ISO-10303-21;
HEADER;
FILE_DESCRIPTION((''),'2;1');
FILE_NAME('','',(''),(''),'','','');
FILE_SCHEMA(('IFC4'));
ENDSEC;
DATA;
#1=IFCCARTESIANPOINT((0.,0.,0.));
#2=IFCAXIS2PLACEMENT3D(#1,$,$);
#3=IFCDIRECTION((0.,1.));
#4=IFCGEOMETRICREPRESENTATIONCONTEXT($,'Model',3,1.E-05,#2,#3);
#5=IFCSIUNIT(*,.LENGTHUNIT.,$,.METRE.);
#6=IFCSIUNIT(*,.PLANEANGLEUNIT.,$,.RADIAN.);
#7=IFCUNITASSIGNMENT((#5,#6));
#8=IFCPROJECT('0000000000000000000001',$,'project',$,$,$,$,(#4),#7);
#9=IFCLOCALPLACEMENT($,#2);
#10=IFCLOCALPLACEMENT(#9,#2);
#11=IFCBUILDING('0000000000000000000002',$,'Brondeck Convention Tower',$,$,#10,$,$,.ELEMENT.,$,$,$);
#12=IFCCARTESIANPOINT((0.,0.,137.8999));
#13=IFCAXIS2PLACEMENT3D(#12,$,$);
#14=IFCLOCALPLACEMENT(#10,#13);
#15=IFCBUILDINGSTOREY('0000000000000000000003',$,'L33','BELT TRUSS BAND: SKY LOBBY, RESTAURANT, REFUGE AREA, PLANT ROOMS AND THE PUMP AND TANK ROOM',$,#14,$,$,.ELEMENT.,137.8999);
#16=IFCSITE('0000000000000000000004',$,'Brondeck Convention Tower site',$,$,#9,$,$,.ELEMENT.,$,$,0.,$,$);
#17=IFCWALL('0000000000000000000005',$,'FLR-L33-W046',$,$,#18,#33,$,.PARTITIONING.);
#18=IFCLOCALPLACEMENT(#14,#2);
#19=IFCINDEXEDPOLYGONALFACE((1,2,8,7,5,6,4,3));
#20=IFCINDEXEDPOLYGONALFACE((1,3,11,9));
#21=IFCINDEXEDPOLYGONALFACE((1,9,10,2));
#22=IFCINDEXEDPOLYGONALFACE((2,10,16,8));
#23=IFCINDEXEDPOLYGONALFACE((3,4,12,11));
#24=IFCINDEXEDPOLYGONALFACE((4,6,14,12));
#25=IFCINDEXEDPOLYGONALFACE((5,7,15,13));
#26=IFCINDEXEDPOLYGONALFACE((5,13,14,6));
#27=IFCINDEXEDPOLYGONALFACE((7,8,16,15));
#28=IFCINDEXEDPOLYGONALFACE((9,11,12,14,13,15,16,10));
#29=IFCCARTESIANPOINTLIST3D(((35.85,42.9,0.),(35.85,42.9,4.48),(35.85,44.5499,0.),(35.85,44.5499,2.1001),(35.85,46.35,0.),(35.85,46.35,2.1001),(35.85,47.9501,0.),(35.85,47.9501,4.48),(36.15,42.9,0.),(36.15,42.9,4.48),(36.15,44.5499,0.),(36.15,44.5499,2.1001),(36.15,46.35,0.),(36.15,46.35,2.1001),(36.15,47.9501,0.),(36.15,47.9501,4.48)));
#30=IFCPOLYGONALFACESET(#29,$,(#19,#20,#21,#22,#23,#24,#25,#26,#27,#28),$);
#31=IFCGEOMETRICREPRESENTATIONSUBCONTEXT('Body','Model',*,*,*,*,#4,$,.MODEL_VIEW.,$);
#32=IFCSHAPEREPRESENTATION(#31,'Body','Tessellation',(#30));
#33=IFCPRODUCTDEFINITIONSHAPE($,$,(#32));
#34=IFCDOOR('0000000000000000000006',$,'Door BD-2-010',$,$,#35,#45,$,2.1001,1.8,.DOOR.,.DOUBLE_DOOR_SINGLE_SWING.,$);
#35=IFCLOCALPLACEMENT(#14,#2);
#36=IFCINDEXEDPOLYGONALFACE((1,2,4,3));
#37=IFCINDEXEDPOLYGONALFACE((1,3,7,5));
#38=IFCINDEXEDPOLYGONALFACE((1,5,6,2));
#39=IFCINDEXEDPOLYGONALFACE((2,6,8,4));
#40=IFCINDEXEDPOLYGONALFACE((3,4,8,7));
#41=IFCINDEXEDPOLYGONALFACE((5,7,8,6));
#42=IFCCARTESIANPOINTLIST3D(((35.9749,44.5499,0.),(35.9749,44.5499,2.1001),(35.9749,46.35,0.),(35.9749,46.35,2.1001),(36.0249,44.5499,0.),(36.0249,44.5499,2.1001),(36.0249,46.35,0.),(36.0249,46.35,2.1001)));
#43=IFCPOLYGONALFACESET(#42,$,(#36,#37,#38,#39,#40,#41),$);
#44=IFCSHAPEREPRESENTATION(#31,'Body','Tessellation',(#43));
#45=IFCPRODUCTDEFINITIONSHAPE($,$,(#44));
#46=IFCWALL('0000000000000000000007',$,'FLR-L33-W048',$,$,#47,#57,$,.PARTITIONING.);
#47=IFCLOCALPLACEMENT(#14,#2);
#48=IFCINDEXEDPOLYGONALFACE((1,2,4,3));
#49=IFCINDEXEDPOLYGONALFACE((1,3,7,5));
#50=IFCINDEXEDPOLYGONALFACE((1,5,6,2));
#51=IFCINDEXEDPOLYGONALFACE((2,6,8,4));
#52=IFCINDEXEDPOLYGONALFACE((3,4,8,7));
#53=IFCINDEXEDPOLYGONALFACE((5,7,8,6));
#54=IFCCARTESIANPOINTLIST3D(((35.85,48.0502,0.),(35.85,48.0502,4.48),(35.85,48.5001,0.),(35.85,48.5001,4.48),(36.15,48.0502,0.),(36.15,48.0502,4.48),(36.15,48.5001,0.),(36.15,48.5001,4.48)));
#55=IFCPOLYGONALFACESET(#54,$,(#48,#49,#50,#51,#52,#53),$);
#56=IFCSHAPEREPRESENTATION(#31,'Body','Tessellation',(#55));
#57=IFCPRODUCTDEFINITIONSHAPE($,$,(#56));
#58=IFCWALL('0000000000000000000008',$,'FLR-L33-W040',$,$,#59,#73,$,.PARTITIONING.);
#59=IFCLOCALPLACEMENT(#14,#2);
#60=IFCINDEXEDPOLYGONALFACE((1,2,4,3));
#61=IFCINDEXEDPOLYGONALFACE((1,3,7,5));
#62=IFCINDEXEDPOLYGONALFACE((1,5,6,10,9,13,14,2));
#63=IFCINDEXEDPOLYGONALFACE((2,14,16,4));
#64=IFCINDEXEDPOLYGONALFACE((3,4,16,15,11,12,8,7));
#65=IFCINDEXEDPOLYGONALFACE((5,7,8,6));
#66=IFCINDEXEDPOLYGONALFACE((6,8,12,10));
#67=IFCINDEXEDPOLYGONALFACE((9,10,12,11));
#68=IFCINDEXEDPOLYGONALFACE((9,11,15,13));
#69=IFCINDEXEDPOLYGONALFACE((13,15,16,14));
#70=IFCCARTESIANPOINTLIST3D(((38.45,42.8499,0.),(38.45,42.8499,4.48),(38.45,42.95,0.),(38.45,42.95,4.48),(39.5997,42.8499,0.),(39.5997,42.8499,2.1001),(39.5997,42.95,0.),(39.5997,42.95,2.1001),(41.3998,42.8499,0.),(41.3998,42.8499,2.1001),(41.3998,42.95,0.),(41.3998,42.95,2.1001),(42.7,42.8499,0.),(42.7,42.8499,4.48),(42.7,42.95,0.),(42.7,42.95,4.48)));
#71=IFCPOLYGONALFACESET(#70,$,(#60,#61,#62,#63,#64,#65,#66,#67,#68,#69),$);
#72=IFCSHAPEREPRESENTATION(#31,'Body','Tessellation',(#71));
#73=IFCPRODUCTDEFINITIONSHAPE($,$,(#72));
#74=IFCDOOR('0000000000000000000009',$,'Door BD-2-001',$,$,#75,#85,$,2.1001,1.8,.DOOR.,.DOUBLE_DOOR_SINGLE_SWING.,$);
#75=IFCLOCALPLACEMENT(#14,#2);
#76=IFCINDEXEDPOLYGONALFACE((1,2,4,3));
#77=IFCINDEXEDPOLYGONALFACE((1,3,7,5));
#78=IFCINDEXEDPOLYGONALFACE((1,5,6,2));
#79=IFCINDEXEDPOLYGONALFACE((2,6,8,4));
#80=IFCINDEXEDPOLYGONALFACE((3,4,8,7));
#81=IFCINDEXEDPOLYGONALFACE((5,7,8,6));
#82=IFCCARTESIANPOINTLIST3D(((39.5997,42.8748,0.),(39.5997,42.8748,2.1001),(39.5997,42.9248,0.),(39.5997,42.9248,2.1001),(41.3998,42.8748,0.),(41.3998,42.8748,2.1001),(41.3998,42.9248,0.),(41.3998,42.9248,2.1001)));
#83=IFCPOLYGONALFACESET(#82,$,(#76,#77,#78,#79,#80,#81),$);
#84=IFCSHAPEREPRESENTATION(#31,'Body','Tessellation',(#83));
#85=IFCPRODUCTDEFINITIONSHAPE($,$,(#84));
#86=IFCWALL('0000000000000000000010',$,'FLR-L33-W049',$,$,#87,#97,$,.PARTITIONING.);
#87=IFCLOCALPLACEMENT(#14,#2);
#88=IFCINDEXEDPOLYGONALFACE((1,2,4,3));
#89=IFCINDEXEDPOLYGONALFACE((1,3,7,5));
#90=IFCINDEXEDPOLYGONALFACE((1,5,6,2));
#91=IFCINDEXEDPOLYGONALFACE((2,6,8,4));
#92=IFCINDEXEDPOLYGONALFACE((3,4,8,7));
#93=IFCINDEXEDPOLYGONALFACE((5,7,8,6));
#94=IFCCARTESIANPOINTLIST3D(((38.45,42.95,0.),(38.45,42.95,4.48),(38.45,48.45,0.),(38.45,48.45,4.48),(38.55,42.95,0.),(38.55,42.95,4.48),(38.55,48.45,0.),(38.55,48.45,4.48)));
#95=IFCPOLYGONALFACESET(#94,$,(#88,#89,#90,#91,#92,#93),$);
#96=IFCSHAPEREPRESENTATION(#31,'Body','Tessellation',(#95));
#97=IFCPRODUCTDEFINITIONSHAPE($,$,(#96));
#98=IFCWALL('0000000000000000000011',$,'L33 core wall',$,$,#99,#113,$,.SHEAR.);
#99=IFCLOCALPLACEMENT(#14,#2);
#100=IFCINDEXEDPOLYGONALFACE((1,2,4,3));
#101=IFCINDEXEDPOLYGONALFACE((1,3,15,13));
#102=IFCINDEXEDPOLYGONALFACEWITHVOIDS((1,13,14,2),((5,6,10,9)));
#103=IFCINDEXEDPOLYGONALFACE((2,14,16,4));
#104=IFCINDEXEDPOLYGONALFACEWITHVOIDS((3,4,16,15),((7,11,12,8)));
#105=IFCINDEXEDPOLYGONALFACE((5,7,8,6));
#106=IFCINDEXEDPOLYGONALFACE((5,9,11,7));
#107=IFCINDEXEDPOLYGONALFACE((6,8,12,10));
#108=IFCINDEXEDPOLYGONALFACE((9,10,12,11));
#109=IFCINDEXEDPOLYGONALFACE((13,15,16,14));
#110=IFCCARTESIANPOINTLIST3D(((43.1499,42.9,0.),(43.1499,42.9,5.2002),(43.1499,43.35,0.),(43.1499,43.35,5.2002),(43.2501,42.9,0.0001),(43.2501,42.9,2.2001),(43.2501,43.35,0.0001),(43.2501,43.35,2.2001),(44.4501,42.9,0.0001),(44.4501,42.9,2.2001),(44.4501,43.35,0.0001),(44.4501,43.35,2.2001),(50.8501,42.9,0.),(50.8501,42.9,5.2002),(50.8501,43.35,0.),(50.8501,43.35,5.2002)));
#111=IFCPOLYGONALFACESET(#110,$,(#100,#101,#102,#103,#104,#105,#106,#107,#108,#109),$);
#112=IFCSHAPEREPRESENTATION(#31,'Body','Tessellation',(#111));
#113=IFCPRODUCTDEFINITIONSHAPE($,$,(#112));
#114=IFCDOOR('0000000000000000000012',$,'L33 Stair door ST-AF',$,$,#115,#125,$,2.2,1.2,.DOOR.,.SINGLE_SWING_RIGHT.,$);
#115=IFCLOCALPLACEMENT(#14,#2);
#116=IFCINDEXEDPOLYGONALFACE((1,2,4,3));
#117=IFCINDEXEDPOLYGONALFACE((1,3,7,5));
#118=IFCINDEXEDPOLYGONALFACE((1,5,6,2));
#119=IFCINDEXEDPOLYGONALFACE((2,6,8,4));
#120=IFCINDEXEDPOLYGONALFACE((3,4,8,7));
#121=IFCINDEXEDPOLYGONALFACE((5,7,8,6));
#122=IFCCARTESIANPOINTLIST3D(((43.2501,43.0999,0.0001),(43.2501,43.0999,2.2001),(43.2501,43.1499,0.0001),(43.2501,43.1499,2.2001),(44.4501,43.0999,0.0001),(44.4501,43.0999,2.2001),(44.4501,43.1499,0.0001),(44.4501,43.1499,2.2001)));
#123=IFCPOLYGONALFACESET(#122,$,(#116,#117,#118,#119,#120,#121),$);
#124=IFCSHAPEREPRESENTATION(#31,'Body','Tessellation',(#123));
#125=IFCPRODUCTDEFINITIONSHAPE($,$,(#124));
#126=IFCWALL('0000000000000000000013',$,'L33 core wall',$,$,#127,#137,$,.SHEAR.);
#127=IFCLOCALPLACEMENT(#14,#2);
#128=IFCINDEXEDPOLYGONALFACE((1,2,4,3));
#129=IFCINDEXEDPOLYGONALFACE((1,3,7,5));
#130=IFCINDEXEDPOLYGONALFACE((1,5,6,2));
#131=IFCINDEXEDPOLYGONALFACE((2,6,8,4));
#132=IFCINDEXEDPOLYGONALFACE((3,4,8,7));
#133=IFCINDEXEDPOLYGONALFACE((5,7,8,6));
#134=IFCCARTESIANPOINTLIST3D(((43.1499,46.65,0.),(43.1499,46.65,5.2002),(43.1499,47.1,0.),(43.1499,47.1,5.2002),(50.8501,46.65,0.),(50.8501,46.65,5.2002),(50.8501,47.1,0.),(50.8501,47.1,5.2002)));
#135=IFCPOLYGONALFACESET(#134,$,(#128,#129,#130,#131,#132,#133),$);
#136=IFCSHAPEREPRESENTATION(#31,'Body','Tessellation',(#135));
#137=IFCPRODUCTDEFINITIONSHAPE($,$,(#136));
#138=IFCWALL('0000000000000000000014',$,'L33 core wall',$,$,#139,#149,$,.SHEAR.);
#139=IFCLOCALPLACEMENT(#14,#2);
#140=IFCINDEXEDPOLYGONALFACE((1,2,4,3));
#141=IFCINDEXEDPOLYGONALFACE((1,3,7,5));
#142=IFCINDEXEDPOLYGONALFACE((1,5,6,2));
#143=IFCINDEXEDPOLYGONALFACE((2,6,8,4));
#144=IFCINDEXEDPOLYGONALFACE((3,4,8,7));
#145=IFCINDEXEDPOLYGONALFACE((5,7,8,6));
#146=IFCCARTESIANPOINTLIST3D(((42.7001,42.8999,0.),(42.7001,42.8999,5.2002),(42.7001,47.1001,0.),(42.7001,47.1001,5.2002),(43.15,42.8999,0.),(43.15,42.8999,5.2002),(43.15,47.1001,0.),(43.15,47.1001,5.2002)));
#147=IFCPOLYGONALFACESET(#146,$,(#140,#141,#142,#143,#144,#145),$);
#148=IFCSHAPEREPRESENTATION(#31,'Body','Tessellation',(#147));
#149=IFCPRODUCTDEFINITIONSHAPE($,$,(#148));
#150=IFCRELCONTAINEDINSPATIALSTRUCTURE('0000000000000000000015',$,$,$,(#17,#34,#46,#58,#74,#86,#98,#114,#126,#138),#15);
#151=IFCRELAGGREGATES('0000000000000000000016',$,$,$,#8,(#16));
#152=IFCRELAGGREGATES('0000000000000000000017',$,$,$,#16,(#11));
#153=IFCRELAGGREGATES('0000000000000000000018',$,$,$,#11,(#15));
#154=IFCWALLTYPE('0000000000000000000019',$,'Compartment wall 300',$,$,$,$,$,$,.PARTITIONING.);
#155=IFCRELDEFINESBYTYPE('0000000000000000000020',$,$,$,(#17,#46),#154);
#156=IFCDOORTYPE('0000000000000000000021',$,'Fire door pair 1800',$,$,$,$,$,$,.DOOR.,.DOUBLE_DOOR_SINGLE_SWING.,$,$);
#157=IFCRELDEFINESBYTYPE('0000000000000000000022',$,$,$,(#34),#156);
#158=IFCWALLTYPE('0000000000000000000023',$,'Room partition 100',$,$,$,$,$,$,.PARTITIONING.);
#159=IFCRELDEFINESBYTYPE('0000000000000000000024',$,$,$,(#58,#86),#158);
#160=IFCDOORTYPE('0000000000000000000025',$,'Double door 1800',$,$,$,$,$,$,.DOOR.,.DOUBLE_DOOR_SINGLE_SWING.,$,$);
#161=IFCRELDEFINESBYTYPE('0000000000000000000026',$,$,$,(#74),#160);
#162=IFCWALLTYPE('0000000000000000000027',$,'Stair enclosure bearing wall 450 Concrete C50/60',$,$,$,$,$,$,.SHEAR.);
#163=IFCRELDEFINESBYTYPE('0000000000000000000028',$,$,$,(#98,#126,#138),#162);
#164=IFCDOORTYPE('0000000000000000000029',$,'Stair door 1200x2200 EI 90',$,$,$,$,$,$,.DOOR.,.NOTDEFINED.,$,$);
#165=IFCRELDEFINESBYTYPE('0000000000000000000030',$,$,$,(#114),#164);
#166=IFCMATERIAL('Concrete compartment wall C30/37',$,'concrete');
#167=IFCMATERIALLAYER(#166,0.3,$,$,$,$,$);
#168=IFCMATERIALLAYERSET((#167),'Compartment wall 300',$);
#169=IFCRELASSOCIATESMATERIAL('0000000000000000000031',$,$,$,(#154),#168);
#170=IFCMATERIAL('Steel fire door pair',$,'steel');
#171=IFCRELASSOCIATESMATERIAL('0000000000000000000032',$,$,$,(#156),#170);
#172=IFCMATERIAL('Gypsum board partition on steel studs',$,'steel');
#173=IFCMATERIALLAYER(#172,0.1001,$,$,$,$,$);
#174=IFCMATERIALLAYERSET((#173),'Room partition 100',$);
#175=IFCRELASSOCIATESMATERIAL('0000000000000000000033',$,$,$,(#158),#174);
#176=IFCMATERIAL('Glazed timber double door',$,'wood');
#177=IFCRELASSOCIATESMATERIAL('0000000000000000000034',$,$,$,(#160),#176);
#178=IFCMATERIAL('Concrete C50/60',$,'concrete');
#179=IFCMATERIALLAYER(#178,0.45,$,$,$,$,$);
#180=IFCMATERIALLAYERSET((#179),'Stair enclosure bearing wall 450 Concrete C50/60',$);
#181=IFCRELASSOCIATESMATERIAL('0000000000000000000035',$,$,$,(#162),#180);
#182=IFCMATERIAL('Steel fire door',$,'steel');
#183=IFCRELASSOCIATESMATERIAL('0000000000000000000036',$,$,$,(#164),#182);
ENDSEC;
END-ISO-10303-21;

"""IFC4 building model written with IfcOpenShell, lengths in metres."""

from ifc_helpers import new_model, si_unit, direction, frame, frame_2d, origin, place, context, subcontext, project, spatial, rectangle, extrude, material, layer, layer_set, type_object, element, fill, save


model = new_model("IFC4")

# Units and contexts
model_context = context("Model", 3, precision=1e-05, world=origin(), true_north=direction((0.0, 1.0)))
body_context = subcontext(model_context, "Body", "Model", "MODEL_VIEW")
ifc_project = project(units=[si_unit("LENGTHUNIT", "METRE"), si_unit("PLANEANGLEUNIT", "RADIAN")], contexts=[model_context])

# Site, building, storey
site_placement = place(None, origin())
site = spatial("IfcSite", under=ifc_project, at=site_placement, Name="Brondeck Convention Tower site", CompositionType="ELEMENT", RefElevation=0.0)
building_placement = place(site_placement, origin())
building = spatial("IfcBuilding", under=site, at=building_placement, Name="Brondeck Convention Tower", CompositionType="ELEMENT")
storey_placement = place(building_placement, frame((0.0, 0.0, 137.8999)))
storey = spatial("IfcBuildingStorey", under=building, at=storey_placement, Name="L33", Description="BELT TRUSS BAND: SKY LOBBY, RESTAURANT, REFUGE AREA, PLANT ROOMS AND THE PUMP AND TANK ROOM", CompositionType="ELEMENT", Elevation=137.8999)

# Wall, opening, door
ifc_material_1 = material(Name="Concrete compartment wall C30/37", Category="concrete")
ifc_layer_1 = layer(ifc_material_1, 0.3)
ifc_layer_set_1 = layer_set([ifc_layer_1], Name="Compartment wall 300")
wall_type_1 = type_object("IfcWallType", Name="Compartment wall 300", PredefinedType="PARTITIONING", material=ifc_layer_set_1)
ifc_material_2 = material(Name="Steel fire door pair", Category="steel")
door_type_1 = type_object("IfcDoorType", Name="Fire door pair 1800", OperationType="DOUBLE_DOOR_SINGLE_SWING", PredefinedType="DOOR", material=ifc_material_2)
wall_1_placement = place(storey_placement, frame((36.0, 47.95, 0.0), z_axis=(0.0, 0.0, 1.0), x_axis=(0.0, -1.0, 0.0)))
wall_1 = element("IfcWall", 1, at=wall_1_placement, inside=storey, type_object=wall_type_1, Name="FLR-L33-W046", PredefinedType="PARTITIONING", context=body_context, shape_type="SweptSolid", body=[
    extrude(rectangle(XDim=5.05, YDim=0.3, at=frame_2d((2.5249, 0.0))), origin(), (0.0, 0.0, 1.0), 4.48),
])
opening_1_placement = place(wall_1_placement, frame((1.6001, 0.0, 0.0)))
opening_1 = element("IfcOpeningElement", 2, at=opening_1_placement, cuts=wall_1, PredefinedType="OPENING", context=body_context, shape_type="SweptSolid", body=[
    extrude(rectangle(XDim=1.8, YDim=2.1001, at=frame_2d((0.8999, 1.05))), frame((0.0, 0.1599, 0.0), z_axis=(0.0, -1.0, 0.0), x_axis=(1.0, 0.0, 0.0)), (0.0, 0.0, 1.0), 0.3201),
])
door_1_placement = place(opening_1_placement, origin())
door_1 = element("IfcDoor", 3, at=door_1_placement, inside=storey, type_object=door_type_1, Name="Door BD-2-010", OperationType="DOUBLE_DOOR_SINGLE_SWING", OverallHeight=2.1001, OverallWidth=1.8, PredefinedType="DOOR", context=body_context, shape_type="SweptSolid", body=[
    extrude(rectangle(XDim=1.8, YDim=2.1001, at=frame_2d((0.8999, 1.05))), frame((0.0, 0.0249, 0.0), z_axis=(0.0, -1.0, 0.0), x_axis=(1.0, 0.0, 0.0)), (0.0, 0.0, 1.0), 0.05),
])
fill(opening_1, door_1)

# Wall
wall_2_placement = place(storey_placement, frame((36.0, 48.05, 0.0), z_axis=(0.0, 0.0, 1.0), x_axis=(0.0, 1.0, 0.0)))
element("IfcWall", 4, at=wall_2_placement, inside=storey, type_object=wall_type_1, Name="FLR-L33-W048", PredefinedType="PARTITIONING", context=body_context, shape_type="SweptSolid", body=[
    extrude(rectangle(XDim=0.45, YDim=0.3, at=frame_2d((0.2251, 0.0))), origin(), (0.0, 0.0, 1.0), 4.48),
])

# Wall, opening, door
ifc_material_3 = material(Name="Gypsum board partition on steel studs", Category="steel")
ifc_layer_2 = layer(ifc_material_3, 0.1001)
ifc_layer_set_2 = layer_set([ifc_layer_2], Name="Room partition 100")
wall_type_2 = type_object("IfcWallType", Name="Room partition 100", PredefinedType="PARTITIONING", material=ifc_layer_set_2)
wall_3_placement = place(storey_placement, frame((38.45, 42.8999, 0.0), z_axis=(0.0, 0.0, 1.0), x_axis=(1.0, 0.0, 0.0)))
wall_3 = element("IfcWall", 5, at=wall_3_placement, inside=storey, type_object=wall_type_2, Name="FLR-L33-W040", PredefinedType="PARTITIONING", context=body_context, shape_type="SweptSolid", body=[
    extrude(rectangle(XDim=4.25, YDim=0.1001, at=frame_2d((2.125, 0.0))), origin(), (0.0, 0.0, 1.0), 4.48),
])
opening_2_placement = place(wall_3_placement, frame((1.1499, 0.0, 0.0)))
opening_2 = element("IfcOpeningElement", 6, at=opening_2_placement, cuts=wall_3, PredefinedType="OPENING", context=body_context, shape_type="SweptSolid", body=[
    extrude(rectangle(XDim=1.8, YDim=2.1001, at=frame_2d((0.8999, 1.05))), frame((0.0, 0.0601, 0.0), z_axis=(0.0, -1.0, 0.0), x_axis=(1.0, 0.0, 0.0)), (0.0, 0.0, 1.0), 0.1201),
])
ifc_material_4 = material(Name="Glazed timber double door", Category="wood")
door_type_2 = type_object("IfcDoorType", Name="Double door 1800", OperationType="DOUBLE_DOOR_SINGLE_SWING", PredefinedType="DOOR", material=ifc_material_4)
door_2_placement = place(opening_2_placement, origin())
door_2 = element("IfcDoor", 7, at=door_2_placement, inside=storey, type_object=door_type_2, Name="Door BD-2-001", OperationType="DOUBLE_DOOR_SINGLE_SWING", OverallHeight=2.1001, OverallWidth=1.8, PredefinedType="DOOR", context=body_context, shape_type="SweptSolid", body=[
    extrude(rectangle(XDim=1.8, YDim=2.1001, at=frame_2d((0.8999, 1.05))), frame((0.0, 0.0249, 0.0), z_axis=(0.0, -1.0, 0.0), x_axis=(1.0, 0.0, 0.0)), (0.0, 0.0, 1.0), 0.05),
])
fill(opening_2, door_2)

# Wall
wall_4_placement = place(storey_placement, frame((38.5, 48.45, 0.0), z_axis=(0.0, 0.0, 1.0), x_axis=(0.0, -1.0, 0.0)))
element("IfcWall", 8, at=wall_4_placement, inside=storey, type_object=wall_type_2, Name="FLR-L33-W049", PredefinedType="PARTITIONING", context=body_context, shape_type="SweptSolid", body=[
    extrude(rectangle(XDim=5.5, YDim=0.1001, at=frame_2d((2.75, 0.0))), origin(), (0.0, 0.0, 1.0), 4.48),
])

# Wall, opening, door
ifc_material_5 = material(Name="Concrete C50/60", Category="concrete")
ifc_layer_3 = layer(ifc_material_5, 0.45)
ifc_layer_set_3 = layer_set([ifc_layer_3], Name="Stair enclosure bearing wall 450 Concrete C50/60")
wall_type_3 = type_object("IfcWallType", Name="Stair enclosure bearing wall 450 Concrete C50/60", PredefinedType="SHEAR", material=ifc_layer_set_3)
wall_5_placement = place(storey_placement, frame((43.1499, 43.125, 0.0), z_axis=(0.0, 0.0, 1.0), x_axis=(1.0, 0.0, 0.0)))
wall_5 = element("IfcWall", 9, at=wall_5_placement, inside=storey, type_object=wall_type_3, Name="L33 core wall", PredefinedType="SHEAR", context=body_context, shape_type="SweptSolid", body=[
    extrude(rectangle(XDim=7.7002, YDim=0.45, at=frame_2d((3.8501, 0.0))), origin(), (0.0, 0.0, 1.0), 5.2002),
])
opening_3_placement = place(wall_5_placement, frame((0.1001, 0.0, 0.0)))
opening_3 = element("IfcOpeningElement", 10, at=opening_3_placement, cuts=wall_5, PredefinedType="OPENING", context=body_context, shape_type="SweptSolid", body=[
    extrude(rectangle(XDim=1.2, YDim=2.2, at=frame_2d((0.6001, 1.1001))), frame((0.0, 0.2349, 0.0), z_axis=(0.0, -1.0, 0.0), x_axis=(1.0, 0.0, 0.0)), (0.0, 0.0, 1.0), 0.47),
])
ifc_material_6 = material(Name="Steel fire door", Category="steel")
door_type_3 = type_object("IfcDoorType", Name="Stair door 1200x2200 EI 90", OperationType="NOTDEFINED", PredefinedType="DOOR", material=ifc_material_6)
door_3_placement = place(opening_3_placement, origin())
door_3 = element("IfcDoor", 11, at=door_3_placement, inside=storey, type_object=door_type_3, Name="L33 Stair door ST-AF", OperationType="SINGLE_SWING_RIGHT", OverallHeight=2.2, OverallWidth=1.2, PredefinedType="DOOR", context=body_context, shape_type="SweptSolid", body=[
    extrude(rectangle(XDim=1.2, YDim=2.2, at=frame_2d((0.6001, 1.1001))), frame((0.0, 0.0249, 0.0), z_axis=(0.0, -1.0, 0.0), x_axis=(1.0, 0.0, 0.0)), (0.0, 0.0, 1.0), 0.05),
])
fill(opening_3, door_3)

# Walls
wall_6_placement = place(storey_placement, frame((43.1499, 46.875, 0.0), z_axis=(0.0, 0.0, 1.0), x_axis=(1.0, 0.0, 0.0)))
element("IfcWall", 12, at=wall_6_placement, inside=storey, type_object=wall_type_3, Name="L33 core wall", PredefinedType="SHEAR", context=body_context, shape_type="SweptSolid", body=[
    extrude(rectangle(XDim=7.7002, YDim=0.45, at=frame_2d((3.8501, 0.0))), origin(), (0.0, 0.0, 1.0), 5.2002),
])
wall_7_placement = place(storey_placement, frame((42.925, 42.8999, 0.0), z_axis=(0.0, 0.0, 1.0), x_axis=(0.0, 1.0, 0.0)))
element("IfcWall", 13, at=wall_7_placement, inside=storey, type_object=wall_type_3, Name="L33 core wall", PredefinedType="SHEAR", context=body_context, shape_type="SweptSolid", body=[
    extrude(rectangle(XDim=4.2002, YDim=0.45, at=frame_2d((2.1001, 0.0))), origin(), (0.0, 0.0, 1.0), 5.2002),
])

save(model, "model.ifc")
